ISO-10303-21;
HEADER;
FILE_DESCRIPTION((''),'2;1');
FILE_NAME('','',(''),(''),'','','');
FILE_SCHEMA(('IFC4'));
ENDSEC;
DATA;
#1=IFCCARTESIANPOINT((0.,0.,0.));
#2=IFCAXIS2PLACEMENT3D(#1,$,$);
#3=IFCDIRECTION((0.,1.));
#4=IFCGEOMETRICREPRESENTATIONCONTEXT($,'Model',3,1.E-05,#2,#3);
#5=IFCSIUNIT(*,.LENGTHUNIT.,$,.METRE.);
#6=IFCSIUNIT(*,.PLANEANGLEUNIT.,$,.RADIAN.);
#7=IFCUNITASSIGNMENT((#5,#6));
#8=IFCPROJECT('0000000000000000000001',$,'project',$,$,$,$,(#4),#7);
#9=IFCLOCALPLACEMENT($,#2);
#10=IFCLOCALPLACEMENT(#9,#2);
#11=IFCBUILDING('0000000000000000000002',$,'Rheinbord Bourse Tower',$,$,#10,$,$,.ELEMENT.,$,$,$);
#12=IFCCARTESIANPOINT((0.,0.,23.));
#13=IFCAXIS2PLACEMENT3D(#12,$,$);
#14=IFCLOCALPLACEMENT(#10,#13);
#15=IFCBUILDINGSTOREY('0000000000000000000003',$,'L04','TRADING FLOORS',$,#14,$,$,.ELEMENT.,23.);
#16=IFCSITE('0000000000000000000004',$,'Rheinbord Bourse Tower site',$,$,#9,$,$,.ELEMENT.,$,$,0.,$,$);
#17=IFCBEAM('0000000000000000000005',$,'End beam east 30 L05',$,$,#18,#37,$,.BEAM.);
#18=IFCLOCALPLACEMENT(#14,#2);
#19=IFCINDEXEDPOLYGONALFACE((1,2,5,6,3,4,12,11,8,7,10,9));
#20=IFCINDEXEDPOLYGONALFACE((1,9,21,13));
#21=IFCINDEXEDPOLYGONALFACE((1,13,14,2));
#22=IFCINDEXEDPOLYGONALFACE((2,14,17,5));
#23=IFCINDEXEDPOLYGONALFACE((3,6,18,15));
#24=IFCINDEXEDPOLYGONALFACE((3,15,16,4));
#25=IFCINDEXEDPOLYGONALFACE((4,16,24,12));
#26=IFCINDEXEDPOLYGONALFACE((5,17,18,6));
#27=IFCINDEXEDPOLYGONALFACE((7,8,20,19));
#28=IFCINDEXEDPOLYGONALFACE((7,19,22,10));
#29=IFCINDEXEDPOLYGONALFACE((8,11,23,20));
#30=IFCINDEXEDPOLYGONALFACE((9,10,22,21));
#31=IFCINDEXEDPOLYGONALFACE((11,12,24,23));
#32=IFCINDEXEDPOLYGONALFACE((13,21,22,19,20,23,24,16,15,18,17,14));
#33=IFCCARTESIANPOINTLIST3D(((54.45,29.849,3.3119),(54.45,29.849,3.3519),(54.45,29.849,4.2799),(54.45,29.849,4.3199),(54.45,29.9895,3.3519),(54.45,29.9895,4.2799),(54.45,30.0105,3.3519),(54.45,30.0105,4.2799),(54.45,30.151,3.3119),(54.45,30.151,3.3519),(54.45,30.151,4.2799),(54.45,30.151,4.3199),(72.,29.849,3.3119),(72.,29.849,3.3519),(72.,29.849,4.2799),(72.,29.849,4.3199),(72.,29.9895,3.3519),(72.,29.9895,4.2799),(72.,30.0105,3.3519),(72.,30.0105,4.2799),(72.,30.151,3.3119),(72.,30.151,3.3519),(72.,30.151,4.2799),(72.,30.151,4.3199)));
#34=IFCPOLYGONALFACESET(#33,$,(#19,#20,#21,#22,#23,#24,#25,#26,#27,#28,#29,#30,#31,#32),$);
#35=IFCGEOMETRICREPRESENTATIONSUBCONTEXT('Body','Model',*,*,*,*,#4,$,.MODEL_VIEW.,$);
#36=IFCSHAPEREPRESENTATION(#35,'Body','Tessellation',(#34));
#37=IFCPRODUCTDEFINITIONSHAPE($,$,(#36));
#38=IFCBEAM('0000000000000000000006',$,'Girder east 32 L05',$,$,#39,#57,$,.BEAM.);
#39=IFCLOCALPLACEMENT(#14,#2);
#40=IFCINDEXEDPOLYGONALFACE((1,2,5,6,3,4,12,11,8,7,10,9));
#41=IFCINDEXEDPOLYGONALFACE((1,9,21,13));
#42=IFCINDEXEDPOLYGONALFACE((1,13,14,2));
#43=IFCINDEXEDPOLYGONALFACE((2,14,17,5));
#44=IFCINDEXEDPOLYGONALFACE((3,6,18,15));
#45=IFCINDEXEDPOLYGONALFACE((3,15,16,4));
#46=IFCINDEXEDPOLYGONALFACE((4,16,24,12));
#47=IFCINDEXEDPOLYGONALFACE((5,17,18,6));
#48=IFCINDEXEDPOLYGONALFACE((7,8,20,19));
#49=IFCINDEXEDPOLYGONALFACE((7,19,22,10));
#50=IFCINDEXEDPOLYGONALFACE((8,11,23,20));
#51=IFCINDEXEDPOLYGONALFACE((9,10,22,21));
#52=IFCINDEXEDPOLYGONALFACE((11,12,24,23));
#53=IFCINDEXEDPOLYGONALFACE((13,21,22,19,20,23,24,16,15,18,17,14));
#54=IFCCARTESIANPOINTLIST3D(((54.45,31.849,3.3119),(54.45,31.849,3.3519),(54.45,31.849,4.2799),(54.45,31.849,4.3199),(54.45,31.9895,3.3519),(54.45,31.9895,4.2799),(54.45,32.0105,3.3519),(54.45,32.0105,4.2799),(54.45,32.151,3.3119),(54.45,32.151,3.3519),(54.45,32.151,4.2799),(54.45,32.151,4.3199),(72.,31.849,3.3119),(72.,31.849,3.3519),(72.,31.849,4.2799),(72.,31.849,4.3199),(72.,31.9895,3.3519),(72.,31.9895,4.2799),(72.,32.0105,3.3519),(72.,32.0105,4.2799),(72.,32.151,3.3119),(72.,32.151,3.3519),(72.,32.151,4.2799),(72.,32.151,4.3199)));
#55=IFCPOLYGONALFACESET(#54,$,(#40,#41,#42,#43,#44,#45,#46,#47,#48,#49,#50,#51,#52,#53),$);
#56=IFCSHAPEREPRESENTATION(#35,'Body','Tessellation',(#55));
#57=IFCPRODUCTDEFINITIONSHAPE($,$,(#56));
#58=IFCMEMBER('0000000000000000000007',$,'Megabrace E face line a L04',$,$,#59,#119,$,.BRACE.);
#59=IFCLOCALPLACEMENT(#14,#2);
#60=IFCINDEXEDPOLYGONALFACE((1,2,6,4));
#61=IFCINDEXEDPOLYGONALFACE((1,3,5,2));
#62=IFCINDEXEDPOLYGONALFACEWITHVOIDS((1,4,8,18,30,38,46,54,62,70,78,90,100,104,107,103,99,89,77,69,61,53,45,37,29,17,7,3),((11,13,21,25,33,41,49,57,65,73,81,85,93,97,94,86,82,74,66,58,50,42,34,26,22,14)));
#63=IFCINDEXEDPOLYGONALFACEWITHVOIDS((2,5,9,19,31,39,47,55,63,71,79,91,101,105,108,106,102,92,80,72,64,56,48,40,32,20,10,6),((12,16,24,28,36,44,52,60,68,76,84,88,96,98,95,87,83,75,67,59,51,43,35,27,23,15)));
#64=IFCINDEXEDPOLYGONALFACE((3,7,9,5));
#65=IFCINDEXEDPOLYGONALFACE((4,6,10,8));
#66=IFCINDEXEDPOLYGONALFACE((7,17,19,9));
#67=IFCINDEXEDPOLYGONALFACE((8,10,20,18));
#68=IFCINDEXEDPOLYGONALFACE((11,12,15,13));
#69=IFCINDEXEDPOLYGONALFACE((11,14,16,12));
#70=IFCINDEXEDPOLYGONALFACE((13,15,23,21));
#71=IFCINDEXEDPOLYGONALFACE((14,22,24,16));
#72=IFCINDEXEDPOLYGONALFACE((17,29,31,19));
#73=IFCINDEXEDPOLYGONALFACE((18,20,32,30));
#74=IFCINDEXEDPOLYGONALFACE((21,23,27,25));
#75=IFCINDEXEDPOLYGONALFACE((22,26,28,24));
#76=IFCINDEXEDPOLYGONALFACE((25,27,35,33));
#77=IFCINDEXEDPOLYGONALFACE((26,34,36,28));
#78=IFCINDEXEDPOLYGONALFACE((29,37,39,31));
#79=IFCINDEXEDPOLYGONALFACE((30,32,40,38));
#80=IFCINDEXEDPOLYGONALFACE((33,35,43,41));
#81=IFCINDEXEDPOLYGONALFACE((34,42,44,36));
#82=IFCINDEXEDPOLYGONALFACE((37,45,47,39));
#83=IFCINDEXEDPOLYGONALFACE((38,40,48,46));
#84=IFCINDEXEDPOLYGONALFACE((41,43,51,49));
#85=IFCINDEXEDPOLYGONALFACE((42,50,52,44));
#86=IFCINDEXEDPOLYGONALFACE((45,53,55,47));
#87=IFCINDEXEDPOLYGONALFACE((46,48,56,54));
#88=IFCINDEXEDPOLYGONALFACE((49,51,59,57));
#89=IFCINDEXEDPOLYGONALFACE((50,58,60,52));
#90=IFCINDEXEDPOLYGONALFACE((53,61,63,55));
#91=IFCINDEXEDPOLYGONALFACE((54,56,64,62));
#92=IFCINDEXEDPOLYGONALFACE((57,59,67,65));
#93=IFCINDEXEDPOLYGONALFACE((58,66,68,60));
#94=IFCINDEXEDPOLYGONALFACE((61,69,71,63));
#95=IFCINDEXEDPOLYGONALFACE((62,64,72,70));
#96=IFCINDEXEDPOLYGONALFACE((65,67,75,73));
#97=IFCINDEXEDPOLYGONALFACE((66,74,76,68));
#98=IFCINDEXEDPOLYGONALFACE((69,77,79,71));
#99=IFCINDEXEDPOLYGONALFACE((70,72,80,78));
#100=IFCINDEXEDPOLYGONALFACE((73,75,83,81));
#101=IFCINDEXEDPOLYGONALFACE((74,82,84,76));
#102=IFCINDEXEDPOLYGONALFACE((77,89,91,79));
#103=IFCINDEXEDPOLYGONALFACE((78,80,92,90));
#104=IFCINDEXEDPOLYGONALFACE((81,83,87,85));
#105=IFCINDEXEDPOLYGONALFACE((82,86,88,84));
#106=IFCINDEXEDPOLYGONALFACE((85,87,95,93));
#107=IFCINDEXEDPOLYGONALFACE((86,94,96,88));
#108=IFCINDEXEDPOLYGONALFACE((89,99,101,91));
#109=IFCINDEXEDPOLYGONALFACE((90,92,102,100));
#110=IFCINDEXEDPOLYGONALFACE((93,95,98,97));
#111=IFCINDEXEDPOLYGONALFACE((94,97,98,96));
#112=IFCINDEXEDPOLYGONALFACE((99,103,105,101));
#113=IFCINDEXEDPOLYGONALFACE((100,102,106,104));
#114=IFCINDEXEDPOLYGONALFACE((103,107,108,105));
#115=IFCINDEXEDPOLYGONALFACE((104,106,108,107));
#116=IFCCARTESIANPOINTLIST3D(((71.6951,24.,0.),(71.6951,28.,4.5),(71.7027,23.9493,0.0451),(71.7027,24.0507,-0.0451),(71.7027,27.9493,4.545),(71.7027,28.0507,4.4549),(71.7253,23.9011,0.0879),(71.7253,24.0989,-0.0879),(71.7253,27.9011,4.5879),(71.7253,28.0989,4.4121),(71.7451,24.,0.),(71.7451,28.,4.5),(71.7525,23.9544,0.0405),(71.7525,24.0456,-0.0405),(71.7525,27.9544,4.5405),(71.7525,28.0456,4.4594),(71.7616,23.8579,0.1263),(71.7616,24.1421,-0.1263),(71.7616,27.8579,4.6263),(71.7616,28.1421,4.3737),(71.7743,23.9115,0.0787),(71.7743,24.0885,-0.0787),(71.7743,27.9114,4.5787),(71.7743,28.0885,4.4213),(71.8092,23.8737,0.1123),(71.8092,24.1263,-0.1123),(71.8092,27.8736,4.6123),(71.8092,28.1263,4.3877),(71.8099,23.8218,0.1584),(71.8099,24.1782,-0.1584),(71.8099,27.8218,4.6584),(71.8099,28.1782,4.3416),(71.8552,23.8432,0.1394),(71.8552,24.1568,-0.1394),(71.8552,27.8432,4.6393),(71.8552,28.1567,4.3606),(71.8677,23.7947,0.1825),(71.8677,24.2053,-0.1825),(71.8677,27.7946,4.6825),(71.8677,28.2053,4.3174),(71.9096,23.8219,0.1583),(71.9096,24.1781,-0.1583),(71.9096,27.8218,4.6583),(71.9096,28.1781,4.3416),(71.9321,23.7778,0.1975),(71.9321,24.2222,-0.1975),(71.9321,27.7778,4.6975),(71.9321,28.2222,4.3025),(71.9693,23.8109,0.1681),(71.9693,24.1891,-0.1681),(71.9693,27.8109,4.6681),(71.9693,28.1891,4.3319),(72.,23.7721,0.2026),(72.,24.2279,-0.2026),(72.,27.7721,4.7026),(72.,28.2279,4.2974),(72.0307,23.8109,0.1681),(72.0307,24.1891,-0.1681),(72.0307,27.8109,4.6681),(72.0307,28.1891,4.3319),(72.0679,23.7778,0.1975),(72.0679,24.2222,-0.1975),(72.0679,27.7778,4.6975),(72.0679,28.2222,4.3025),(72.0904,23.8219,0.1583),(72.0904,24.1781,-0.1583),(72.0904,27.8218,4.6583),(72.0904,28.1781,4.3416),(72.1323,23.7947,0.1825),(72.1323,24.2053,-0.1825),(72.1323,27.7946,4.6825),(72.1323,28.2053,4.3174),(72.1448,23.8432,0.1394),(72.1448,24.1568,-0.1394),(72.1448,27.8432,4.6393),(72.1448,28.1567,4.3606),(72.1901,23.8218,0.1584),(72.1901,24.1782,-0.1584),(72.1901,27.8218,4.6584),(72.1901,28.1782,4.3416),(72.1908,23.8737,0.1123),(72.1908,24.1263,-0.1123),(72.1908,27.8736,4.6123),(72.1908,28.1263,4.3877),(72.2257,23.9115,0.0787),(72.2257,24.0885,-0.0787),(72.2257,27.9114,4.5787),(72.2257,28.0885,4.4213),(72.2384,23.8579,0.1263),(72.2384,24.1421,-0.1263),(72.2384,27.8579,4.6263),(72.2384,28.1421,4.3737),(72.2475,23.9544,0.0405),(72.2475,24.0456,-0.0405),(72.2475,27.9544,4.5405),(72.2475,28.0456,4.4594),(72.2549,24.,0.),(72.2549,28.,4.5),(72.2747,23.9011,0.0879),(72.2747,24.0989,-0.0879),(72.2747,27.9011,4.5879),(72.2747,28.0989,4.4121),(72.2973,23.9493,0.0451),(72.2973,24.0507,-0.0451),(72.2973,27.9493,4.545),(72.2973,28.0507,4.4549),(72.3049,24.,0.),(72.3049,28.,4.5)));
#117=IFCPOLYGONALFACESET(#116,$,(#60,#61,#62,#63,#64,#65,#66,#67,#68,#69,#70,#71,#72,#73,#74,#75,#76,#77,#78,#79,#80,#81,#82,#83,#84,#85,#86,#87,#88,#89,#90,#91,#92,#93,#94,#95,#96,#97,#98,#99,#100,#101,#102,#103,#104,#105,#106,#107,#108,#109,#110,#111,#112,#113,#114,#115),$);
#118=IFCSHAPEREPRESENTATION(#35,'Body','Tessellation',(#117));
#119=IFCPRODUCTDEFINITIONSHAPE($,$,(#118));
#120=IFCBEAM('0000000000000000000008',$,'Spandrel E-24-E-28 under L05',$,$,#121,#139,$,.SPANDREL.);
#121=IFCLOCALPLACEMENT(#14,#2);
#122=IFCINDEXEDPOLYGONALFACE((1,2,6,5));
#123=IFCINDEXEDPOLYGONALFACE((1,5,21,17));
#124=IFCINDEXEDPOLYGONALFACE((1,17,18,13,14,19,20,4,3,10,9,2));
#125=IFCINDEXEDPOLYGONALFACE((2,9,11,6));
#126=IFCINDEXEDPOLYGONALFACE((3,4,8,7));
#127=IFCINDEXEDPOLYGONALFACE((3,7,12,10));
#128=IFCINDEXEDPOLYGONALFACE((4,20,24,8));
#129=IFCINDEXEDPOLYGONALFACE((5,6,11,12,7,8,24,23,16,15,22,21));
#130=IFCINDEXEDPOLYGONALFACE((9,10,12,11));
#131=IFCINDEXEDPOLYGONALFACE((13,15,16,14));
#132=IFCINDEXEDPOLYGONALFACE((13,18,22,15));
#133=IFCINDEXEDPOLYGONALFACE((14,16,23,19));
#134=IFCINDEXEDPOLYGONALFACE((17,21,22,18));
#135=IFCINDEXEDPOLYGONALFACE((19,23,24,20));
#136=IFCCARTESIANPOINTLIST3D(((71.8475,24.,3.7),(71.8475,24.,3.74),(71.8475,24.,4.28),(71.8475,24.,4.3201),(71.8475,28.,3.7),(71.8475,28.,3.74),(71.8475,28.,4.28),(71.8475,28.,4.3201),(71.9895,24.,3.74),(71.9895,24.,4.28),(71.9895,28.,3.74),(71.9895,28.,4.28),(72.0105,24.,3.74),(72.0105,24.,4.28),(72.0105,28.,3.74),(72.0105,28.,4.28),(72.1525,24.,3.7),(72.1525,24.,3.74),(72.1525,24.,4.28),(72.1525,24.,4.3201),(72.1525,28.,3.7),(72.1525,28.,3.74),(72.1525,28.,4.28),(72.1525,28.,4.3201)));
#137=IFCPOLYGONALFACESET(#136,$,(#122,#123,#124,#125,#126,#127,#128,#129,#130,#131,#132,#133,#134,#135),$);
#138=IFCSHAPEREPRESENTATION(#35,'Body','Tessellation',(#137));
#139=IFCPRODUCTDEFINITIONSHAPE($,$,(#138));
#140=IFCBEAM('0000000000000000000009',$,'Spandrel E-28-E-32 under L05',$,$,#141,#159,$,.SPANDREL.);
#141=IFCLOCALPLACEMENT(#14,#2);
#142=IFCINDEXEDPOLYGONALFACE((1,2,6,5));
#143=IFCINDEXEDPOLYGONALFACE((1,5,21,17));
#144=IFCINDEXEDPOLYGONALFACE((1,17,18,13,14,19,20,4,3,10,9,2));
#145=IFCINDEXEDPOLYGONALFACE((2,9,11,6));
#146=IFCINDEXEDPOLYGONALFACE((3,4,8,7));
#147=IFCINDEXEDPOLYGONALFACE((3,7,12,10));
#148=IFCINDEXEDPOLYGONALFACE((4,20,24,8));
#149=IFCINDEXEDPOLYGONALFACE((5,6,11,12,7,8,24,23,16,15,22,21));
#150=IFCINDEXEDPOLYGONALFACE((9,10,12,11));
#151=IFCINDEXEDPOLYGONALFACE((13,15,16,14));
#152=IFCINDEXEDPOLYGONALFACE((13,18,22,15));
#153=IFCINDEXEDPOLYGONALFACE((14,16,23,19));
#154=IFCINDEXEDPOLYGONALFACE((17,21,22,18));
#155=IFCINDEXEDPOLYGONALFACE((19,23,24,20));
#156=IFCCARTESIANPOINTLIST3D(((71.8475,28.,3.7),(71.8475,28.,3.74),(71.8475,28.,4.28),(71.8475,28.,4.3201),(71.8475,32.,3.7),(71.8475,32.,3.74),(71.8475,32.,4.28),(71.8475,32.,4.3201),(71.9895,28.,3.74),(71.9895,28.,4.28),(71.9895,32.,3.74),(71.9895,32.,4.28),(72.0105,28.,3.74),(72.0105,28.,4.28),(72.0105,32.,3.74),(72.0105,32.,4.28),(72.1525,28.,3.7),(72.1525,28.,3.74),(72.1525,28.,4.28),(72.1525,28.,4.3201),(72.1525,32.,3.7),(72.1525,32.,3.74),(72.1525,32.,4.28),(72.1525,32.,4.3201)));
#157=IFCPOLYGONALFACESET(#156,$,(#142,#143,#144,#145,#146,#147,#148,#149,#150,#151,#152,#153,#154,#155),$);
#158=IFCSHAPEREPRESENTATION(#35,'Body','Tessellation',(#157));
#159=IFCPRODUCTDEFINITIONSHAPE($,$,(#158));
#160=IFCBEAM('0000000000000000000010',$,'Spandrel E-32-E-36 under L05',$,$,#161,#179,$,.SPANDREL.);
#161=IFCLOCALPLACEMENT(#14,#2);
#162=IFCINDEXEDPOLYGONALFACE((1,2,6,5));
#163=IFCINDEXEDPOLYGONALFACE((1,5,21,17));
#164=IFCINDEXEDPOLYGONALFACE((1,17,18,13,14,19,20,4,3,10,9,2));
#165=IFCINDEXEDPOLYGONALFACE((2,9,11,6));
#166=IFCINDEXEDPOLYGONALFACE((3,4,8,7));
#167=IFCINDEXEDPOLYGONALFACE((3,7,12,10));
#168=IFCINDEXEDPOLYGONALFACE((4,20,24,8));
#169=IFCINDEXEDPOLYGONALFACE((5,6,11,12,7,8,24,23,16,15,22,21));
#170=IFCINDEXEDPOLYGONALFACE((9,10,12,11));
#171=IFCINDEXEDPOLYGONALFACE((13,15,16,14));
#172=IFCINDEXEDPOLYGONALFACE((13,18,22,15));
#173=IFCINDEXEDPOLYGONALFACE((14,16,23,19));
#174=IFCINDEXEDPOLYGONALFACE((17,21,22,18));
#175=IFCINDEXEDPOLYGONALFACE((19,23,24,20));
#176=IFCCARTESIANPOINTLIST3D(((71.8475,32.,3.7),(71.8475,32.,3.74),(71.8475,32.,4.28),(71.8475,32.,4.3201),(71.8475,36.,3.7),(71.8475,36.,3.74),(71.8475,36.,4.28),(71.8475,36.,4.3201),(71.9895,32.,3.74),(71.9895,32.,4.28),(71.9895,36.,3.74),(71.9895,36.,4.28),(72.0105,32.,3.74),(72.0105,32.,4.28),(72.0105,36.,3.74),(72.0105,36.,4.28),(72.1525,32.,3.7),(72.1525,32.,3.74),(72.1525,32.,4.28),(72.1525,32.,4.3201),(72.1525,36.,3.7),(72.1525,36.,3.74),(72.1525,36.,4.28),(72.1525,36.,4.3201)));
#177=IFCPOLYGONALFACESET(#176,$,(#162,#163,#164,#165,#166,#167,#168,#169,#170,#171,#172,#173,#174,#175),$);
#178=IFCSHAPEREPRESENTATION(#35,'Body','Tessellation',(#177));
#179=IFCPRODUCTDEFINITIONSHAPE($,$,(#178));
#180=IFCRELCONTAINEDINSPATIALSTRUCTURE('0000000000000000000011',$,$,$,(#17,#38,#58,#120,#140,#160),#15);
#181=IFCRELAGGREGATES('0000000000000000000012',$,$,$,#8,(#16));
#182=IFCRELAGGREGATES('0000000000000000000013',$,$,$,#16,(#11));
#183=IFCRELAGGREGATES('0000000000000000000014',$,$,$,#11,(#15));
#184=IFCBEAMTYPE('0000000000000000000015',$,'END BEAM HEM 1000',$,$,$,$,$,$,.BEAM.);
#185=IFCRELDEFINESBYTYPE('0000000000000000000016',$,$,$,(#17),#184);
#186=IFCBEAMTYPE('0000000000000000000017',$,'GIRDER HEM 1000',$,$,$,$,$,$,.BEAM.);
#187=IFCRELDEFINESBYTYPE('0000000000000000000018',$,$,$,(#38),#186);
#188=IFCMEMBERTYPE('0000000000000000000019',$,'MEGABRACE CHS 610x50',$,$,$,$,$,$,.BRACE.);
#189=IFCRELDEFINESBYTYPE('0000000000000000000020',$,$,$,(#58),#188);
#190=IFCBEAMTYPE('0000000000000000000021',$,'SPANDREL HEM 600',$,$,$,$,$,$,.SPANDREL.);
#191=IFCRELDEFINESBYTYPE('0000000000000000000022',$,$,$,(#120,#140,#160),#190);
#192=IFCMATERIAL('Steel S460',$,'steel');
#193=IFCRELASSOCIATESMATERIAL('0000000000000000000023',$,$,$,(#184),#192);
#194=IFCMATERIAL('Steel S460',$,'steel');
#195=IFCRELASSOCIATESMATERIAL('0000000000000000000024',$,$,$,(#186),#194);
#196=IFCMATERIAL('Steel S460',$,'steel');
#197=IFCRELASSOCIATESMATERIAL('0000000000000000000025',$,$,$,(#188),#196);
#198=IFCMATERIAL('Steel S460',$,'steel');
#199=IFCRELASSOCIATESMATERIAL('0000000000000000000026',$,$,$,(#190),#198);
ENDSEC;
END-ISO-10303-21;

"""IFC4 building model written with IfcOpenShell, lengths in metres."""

from ifc_helpers import new_model, si_unit, direction, frame, origin, origin_2d, place, context, subcontext, project, spatial, hollow_circle, i_section, extrude, material, material_profile, profile_set, type_object, element, save


model = new_model("IFC4")

# Units and contexts
model_context = context("Model", 3, precision=1e-05, world=origin(), true_north=direction((0.0, 1.0)))
body_context = subcontext(model_context, "Body", "Model", "MODEL_VIEW")
ifc_project = project(units=[si_unit("LENGTHUNIT", "METRE"), si_unit("PLANEANGLEUNIT", "RADIAN")], contexts=[model_context])

# Site, building, storey
site_placement = place(None, origin())
site = spatial("IfcSite", under=ifc_project, at=site_placement, Name="Rheinbord Bourse Tower site", CompositionType="ELEMENT", RefElevation=0.0)
building_placement = place(site_placement, origin())
building = spatial("IfcBuilding", under=site, at=building_placement, Name="Rheinbord Bourse Tower", CompositionType="ELEMENT")
storey_placement = place(building_placement, frame((0.0, 0.0, 23.0)))
storey = spatial("IfcBuildingStorey", under=building, at=storey_placement, Name="L04", Description="TRADING FLOORS", CompositionType="ELEMENT", Elevation=23.0)

# Beams
ifc_material_1 = material(Name="Steel S460", Category="steel")
ifc_material_profile_1 = material_profile(ifc_material_1, i_section(OverallWidth=0.302, OverallDepth=1.0081, WebThickness=0.021, FlangeThickness=0.04, at=origin_2d()), Name="HEM 1000")
ifc_profile_set_1 = profile_set([ifc_material_profile_1], Name="Steel S460")
beam_type_1 = type_object("IfcBeamType", Name="END BEAM HEM 1000", PredefinedType="BEAM", material=ifc_profile_set_1)
beam_1_placement = place(storey_placement, frame((54.45, 30.0, 3.8159), z_axis=(1.0, 0.0, 0.0), x_axis=(0.0, 1.0, 0.0)))
element("IfcBeam", 1, at=beam_1_placement, inside=storey, type_object=beam_type_1, Name="End beam east 30 L05", PredefinedType="BEAM", context=body_context, shape_type="SweptSolid", body=[
    extrude(i_section(OverallWidth=0.302, OverallDepth=1.0081, WebThickness=0.021, FlangeThickness=0.04, at=origin_2d()), origin(), (0.0, 0.0, 1.0), 17.55),
])
ifc_material_2 = material(Name="Steel S460", Category="steel")
ifc_material_profile_2 = material_profile(ifc_material_2, i_section(OverallWidth=0.302, OverallDepth=1.0081, WebThickness=0.021, FlangeThickness=0.04, at=origin_2d()), Name="HEM 1000")
ifc_profile_set_2 = profile_set([ifc_material_profile_2], Name="Steel S460")
beam_type_2 = type_object("IfcBeamType", Name="GIRDER HEM 1000", PredefinedType="BEAM", material=ifc_profile_set_2)
beam_2_placement = place(storey_placement, frame((54.45, 32.0, 3.8159), z_axis=(1.0, 0.0, 0.0), x_axis=(0.0, 1.0, 0.0)))
element("IfcBeam", 2, at=beam_2_placement, inside=storey, type_object=beam_type_2, Name="Girder east 32 L05", PredefinedType="BEAM", context=body_context, shape_type="SweptSolid", body=[
    extrude(i_section(OverallWidth=0.302, OverallDepth=1.0081, WebThickness=0.021, FlangeThickness=0.04, at=origin_2d()), origin(), (0.0, 0.0, 1.0), 17.55),
])

# Member
ifc_material_3 = material(Name="Steel S460", Category="steel")
ifc_material_profile_3 = material_profile(ifc_material_3, hollow_circle(Radius=0.3049, WallThickness=0.05, at=origin_2d()), Name="CHS 610x50")
ifc_profile_set_3 = profile_set([ifc_material_profile_3], Name="Steel S460")
member_type_1 = type_object("IfcMemberType", Name="MEGABRACE CHS 610x50", PredefinedType="BRACE", material=ifc_profile_set_3)
member_1_placement = place(storey_placement, frame((72.0, 24.0, 0.0), z_axis=(0.0, 0.664364, 0.747409), x_axis=(-1.0, 0.0, 0.0)))
element("IfcMember", 3, at=member_1_placement, inside=storey, type_object=member_type_1, Name="Megabrace E face line a L04", PredefinedType="BRACE", context=body_context, shape_type="SweptSolid", body=[
    extrude(hollow_circle(Radius=0.3049, WallThickness=0.05, at=origin_2d()), origin(), (0.0, 0.0, 1.0), 6.0208),
])

# Beams
ifc_material_4 = material(Name="Steel S460", Category="steel")
ifc_material_profile_4 = material_profile(ifc_material_4, i_section(OverallWidth=0.3049, OverallDepth=0.6201, WebThickness=0.021, FlangeThickness=0.04, at=origin_2d()), Name="HEM 600")
ifc_profile_set_4 = profile_set([ifc_material_profile_4], Name="Steel S460")
beam_type_3 = type_object("IfcBeamType", Name="SPANDREL HEM 600", PredefinedType="SPANDREL", material=ifc_profile_set_4)
for number, where, z_axis, x_axis, name in (
    (4, (72.0, 24.0, 4.01), (0.0, 1.0, 0.0), (-1.0, 0.0, 0.0), "Spandrel E-24-E-28 under L05"),
    (5, (72.0, 28.0, 4.01), (0.0, 1.0, 0.0), (-1.0, 0.0, 0.0), "Spandrel E-28-E-32 under L05"),
    (6, (72.0, 32.0, 4.01), (0.0, 1.0, 0.0), (-1.0, 0.0, 0.0), "Spandrel E-32-E-36 under L05"),
):
    element("IfcBeam", number, at=place(storey_placement, frame(where, z_axis=z_axis, x_axis=x_axis)), inside=storey, type_object=beam_type_3, Name=name, PredefinedType="SPANDREL", context=body_context, shape_type="SweptSolid", body=[
        extrude(i_section(OverallWidth=0.3049, OverallDepth=0.6201, WebThickness=0.021, FlangeThickness=0.04, at=origin_2d()), origin(), (0.0, 0.0, 1.0), 4.0),
    ])

save(model, "model.ifc")
